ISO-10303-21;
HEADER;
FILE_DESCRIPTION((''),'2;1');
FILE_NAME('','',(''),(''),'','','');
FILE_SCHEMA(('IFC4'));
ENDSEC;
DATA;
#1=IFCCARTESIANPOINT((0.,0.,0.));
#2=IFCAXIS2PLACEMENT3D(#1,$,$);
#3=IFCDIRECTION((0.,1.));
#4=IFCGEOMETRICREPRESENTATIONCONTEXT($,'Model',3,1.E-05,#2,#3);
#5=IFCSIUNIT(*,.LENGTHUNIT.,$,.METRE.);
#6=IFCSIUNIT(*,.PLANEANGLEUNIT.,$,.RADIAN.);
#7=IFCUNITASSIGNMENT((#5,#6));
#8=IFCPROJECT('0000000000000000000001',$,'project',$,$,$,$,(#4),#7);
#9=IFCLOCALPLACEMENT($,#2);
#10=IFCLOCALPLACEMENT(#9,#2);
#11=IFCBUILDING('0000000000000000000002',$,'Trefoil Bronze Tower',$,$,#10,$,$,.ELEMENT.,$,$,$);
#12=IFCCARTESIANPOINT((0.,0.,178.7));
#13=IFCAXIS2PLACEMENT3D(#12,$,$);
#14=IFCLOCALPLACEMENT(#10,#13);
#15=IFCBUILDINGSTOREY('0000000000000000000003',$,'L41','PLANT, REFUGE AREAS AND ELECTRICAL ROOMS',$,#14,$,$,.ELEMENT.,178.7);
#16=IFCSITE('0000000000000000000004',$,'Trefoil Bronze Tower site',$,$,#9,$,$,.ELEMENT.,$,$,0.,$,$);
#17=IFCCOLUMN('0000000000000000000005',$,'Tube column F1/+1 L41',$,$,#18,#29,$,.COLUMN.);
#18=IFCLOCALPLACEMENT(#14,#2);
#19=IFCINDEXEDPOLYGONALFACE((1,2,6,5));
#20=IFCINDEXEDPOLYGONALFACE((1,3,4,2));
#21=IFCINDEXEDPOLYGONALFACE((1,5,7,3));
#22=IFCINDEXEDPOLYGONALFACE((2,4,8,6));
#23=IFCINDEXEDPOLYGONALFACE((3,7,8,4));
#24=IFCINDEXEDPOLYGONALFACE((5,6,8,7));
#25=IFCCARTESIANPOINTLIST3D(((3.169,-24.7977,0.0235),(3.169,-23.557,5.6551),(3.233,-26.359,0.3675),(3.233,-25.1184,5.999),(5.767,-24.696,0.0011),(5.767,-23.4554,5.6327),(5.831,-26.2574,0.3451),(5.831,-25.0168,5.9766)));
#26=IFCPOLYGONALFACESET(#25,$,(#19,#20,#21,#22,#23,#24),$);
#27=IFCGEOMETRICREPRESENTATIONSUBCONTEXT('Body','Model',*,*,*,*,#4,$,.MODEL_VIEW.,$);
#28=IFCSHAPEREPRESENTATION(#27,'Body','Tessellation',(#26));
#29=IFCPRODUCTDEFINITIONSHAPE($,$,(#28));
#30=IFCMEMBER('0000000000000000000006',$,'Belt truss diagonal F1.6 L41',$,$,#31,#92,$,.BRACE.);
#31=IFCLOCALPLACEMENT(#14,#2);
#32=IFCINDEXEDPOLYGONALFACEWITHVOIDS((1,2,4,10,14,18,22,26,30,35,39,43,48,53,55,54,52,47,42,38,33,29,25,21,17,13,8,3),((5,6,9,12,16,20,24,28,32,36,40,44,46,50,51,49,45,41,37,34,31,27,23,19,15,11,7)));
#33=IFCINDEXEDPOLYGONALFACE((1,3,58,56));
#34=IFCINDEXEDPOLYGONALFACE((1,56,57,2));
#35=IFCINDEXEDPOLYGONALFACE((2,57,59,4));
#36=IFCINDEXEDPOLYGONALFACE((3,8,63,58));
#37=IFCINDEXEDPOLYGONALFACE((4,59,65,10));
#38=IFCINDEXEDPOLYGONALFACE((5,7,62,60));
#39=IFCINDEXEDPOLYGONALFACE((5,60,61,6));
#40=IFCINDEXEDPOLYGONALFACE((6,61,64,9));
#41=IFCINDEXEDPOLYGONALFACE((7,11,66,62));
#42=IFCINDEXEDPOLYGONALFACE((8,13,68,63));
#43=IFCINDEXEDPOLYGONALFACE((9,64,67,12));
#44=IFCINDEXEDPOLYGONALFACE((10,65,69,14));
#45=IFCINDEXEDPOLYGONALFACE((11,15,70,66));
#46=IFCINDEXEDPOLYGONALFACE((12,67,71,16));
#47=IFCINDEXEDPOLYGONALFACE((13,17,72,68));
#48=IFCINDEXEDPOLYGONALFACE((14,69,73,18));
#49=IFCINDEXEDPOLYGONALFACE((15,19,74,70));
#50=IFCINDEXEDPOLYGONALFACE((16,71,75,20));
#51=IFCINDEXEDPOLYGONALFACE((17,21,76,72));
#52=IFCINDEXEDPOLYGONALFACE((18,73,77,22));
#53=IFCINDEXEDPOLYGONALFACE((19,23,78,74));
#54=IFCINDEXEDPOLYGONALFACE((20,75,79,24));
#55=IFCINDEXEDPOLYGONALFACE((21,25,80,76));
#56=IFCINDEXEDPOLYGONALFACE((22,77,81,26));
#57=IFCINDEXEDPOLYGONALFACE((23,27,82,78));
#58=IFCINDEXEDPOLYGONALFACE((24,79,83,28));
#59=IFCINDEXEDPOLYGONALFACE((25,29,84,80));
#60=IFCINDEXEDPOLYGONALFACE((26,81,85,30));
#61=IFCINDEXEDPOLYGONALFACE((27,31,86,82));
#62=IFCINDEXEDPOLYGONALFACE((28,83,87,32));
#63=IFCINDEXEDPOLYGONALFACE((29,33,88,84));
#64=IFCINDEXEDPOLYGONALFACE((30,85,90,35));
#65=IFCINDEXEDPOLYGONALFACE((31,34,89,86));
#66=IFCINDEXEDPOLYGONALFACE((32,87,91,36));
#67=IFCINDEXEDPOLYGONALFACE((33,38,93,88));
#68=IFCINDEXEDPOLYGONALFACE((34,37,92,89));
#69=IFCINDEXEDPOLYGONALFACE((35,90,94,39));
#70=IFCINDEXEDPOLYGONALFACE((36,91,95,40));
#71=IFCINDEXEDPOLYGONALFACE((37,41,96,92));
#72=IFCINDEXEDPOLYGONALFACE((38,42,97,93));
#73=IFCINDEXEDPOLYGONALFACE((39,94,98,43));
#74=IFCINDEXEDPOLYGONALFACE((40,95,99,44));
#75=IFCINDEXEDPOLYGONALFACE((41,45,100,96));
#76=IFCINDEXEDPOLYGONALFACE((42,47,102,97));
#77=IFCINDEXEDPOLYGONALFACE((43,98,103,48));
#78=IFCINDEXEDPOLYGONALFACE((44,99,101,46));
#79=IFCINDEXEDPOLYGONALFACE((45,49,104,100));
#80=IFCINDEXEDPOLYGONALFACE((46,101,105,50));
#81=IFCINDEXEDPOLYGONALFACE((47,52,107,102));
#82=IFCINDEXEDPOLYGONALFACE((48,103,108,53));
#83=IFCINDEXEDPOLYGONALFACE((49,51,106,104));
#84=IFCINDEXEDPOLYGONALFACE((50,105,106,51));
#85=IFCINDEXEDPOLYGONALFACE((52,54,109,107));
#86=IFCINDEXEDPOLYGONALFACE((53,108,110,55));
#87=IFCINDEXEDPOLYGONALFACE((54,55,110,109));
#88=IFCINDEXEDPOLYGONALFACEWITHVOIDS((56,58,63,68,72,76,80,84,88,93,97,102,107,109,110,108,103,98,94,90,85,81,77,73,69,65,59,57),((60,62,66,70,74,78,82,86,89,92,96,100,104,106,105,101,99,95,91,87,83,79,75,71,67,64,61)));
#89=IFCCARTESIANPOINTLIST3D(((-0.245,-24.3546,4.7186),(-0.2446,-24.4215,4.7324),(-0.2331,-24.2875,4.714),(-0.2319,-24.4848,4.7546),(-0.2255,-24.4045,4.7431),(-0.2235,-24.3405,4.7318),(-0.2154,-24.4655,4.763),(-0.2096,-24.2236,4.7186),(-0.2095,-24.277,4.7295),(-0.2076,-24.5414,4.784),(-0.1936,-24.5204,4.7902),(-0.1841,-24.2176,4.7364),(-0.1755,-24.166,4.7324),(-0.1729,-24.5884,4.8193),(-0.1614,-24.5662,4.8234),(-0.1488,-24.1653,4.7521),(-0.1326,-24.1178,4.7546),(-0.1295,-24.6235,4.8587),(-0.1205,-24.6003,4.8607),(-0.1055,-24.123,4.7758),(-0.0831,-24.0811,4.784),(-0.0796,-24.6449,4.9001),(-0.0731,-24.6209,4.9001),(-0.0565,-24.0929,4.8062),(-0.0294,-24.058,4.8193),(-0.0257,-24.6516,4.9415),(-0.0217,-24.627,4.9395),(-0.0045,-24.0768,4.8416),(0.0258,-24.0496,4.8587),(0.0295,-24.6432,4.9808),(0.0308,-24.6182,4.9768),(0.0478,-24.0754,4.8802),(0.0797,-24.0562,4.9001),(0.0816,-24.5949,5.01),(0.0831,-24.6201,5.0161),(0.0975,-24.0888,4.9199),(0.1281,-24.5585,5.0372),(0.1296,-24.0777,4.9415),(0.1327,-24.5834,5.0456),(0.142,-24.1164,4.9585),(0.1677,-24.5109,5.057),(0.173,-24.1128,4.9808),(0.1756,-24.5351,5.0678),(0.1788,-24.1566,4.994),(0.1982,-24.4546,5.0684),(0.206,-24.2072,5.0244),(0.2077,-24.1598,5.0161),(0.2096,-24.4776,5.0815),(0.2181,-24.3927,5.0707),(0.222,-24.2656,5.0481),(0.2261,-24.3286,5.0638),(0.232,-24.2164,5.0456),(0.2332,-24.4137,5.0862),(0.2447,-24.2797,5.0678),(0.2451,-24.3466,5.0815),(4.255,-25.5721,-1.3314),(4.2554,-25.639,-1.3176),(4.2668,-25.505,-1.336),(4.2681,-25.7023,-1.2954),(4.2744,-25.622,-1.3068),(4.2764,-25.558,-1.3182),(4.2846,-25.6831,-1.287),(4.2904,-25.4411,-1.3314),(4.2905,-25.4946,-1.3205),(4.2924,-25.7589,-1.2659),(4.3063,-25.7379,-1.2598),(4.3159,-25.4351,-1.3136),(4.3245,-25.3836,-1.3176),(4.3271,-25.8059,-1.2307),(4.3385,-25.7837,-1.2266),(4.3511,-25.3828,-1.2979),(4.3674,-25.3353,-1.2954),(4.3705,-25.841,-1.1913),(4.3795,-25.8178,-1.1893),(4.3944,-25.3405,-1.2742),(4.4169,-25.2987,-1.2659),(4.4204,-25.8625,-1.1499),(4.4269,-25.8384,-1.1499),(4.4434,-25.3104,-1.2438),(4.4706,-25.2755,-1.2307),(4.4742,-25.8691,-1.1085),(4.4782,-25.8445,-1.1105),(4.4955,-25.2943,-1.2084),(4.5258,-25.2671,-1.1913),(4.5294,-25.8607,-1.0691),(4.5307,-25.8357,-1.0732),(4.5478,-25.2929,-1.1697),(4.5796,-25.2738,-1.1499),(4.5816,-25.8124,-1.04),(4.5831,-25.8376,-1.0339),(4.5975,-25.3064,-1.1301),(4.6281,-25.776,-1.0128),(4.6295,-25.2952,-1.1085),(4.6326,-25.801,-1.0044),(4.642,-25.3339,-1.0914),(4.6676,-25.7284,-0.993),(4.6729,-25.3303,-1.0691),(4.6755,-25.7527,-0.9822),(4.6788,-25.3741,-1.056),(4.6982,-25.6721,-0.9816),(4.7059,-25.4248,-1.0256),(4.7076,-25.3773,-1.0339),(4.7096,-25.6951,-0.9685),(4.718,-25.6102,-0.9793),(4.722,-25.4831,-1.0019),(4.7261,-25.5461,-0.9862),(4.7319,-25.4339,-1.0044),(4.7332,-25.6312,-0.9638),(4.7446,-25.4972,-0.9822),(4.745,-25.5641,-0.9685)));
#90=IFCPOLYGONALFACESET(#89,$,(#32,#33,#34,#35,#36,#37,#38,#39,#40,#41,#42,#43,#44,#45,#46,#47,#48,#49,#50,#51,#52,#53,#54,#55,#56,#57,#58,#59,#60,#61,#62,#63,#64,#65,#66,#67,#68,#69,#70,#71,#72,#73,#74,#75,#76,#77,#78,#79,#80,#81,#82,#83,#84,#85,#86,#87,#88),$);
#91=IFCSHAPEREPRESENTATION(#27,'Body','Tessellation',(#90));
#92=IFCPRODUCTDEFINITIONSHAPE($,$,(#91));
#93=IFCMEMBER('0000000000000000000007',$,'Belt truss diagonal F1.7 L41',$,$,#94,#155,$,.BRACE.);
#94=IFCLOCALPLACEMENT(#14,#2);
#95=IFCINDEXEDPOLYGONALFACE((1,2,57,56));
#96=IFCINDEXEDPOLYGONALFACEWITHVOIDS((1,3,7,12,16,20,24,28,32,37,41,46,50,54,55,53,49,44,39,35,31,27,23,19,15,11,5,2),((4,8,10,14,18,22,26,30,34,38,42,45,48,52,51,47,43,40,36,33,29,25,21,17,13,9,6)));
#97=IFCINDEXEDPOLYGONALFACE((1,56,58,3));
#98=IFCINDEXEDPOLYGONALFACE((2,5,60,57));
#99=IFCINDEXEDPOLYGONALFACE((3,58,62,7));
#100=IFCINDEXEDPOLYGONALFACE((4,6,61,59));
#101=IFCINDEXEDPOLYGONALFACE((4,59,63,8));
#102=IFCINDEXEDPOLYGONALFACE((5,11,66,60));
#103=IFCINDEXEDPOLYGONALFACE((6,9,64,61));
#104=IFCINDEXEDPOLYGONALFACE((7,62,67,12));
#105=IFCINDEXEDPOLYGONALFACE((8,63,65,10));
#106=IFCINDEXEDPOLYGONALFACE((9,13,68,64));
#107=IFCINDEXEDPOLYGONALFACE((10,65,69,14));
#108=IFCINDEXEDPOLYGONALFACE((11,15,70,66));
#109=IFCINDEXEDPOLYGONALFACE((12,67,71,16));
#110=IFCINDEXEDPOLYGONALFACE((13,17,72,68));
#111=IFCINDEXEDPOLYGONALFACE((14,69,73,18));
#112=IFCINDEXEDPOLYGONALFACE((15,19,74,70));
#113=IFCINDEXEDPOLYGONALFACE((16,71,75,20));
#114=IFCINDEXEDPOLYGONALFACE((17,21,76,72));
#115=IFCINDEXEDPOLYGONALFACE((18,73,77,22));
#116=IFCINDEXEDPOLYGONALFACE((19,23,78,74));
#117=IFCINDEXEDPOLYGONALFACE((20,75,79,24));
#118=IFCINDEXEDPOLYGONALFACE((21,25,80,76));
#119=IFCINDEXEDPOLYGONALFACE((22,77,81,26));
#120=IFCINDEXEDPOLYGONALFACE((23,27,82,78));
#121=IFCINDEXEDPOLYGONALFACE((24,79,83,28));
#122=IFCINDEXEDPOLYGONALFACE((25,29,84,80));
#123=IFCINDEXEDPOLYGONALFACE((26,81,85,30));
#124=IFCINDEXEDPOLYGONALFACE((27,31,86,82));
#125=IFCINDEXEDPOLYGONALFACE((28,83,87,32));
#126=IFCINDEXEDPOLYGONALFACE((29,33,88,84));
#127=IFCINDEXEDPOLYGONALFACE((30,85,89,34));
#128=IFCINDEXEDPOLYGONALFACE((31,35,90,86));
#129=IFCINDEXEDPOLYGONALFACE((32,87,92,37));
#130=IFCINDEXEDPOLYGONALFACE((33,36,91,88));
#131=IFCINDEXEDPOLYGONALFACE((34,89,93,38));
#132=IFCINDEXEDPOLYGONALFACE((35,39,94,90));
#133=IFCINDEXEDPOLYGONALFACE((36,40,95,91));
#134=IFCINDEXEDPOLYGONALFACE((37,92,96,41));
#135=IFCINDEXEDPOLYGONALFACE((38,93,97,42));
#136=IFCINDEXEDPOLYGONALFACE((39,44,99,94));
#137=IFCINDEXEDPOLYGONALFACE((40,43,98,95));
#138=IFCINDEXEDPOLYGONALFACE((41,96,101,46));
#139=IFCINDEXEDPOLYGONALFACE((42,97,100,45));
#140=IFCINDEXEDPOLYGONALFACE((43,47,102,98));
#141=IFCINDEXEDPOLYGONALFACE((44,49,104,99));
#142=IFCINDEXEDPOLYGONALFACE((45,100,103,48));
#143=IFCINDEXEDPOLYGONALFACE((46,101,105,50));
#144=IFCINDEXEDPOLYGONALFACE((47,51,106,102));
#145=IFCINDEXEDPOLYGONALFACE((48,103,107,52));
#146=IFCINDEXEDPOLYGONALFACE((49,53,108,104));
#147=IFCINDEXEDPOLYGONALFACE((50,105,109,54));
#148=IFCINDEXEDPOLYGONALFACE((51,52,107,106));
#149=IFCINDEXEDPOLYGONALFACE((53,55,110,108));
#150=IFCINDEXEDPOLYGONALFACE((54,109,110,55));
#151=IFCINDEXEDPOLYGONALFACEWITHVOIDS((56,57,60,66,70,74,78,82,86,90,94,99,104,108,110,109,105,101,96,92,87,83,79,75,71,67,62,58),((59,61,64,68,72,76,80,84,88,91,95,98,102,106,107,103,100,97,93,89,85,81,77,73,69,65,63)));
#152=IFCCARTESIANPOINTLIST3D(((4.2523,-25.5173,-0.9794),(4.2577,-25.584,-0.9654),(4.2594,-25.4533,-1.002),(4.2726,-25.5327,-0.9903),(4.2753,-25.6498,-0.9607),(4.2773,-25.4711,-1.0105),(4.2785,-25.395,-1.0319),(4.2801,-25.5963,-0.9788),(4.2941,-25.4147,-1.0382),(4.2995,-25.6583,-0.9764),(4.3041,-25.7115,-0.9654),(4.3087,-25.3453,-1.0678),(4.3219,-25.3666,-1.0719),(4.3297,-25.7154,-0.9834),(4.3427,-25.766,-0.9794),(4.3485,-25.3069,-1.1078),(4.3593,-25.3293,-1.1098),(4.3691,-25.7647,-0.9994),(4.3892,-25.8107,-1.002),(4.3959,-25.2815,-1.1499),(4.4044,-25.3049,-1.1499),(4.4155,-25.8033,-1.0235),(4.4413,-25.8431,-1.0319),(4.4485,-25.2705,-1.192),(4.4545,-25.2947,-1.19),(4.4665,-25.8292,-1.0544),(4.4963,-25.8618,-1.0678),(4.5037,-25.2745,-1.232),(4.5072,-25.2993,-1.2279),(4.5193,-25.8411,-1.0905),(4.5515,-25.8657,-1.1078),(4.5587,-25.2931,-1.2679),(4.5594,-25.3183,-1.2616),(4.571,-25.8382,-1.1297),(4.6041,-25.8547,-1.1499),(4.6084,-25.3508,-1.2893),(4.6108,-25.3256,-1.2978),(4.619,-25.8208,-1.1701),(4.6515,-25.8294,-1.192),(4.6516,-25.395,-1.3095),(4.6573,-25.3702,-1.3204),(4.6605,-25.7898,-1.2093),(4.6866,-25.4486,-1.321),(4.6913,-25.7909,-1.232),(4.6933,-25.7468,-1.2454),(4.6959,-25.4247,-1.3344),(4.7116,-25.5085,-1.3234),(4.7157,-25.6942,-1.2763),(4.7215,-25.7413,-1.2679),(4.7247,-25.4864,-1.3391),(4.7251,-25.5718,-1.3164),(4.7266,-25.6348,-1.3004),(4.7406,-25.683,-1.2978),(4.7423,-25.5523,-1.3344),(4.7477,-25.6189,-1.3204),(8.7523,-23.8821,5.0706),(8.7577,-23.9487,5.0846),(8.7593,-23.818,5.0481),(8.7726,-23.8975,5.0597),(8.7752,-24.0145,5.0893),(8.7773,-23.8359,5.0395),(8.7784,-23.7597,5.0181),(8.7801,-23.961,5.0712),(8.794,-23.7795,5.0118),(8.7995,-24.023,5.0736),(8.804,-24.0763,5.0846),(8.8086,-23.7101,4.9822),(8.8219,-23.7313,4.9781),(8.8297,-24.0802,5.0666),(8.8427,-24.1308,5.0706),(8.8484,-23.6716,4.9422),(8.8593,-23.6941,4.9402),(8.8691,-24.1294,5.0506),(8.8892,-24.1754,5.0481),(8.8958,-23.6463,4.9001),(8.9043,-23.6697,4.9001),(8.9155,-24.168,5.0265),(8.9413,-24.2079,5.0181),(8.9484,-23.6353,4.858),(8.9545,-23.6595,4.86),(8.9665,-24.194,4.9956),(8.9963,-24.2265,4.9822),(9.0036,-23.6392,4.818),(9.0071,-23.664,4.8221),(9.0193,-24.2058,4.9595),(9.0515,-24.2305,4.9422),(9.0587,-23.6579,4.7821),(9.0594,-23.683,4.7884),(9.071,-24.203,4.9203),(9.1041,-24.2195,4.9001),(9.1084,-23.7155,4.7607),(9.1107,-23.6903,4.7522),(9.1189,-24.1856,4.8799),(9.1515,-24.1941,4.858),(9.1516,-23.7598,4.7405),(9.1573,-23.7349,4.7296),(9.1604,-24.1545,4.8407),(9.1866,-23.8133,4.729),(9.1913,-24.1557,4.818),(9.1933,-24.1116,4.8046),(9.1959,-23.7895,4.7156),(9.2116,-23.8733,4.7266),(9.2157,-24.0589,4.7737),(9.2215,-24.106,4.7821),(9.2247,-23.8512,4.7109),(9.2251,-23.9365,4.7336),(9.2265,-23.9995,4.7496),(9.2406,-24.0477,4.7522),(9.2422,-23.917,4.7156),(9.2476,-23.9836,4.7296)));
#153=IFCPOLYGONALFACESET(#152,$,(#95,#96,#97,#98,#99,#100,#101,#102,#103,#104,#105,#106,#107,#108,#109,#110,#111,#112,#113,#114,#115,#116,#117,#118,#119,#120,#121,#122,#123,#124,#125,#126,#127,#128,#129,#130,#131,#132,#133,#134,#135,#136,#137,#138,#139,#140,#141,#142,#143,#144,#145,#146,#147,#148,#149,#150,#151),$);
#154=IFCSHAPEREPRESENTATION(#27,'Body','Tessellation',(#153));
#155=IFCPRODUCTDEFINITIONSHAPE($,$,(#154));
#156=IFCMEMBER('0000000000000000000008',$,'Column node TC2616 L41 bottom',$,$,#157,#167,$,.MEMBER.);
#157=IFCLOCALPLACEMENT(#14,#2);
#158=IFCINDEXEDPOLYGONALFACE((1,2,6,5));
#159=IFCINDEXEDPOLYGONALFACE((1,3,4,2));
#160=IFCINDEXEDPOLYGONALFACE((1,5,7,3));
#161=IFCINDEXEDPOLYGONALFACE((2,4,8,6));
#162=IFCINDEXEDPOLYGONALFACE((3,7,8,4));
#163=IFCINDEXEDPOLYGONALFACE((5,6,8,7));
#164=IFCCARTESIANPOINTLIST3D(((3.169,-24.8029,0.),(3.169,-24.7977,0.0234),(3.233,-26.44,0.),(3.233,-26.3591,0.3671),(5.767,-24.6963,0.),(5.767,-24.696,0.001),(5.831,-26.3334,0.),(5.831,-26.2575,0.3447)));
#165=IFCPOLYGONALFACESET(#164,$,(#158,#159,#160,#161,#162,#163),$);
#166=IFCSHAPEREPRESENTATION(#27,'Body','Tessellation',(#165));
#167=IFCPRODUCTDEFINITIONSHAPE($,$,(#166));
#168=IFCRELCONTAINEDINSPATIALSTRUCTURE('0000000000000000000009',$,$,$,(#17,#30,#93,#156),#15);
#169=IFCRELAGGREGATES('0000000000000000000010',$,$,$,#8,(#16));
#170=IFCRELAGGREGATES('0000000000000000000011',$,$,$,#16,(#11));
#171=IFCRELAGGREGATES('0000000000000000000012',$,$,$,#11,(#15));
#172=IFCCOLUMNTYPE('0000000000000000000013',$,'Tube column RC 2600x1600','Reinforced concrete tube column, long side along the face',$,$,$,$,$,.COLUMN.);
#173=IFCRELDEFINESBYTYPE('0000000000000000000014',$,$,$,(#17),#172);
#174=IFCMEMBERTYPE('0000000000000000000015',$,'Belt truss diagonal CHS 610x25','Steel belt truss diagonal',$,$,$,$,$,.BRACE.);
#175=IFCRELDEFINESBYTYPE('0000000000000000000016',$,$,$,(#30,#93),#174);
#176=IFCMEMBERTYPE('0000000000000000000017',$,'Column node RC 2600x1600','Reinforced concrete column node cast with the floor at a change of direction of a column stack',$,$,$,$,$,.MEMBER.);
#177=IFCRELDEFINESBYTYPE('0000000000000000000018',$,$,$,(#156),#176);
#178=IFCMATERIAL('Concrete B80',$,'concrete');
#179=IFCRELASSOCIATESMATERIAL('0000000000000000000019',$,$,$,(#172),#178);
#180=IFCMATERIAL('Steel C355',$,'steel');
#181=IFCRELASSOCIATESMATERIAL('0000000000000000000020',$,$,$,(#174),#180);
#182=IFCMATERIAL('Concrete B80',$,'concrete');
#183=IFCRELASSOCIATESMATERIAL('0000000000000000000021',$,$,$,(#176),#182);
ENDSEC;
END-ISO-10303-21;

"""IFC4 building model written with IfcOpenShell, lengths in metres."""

from ifc_helpers import new_model, si_unit, direction, frame, origin, origin_2d, place, context, subcontext, project, spatial, rectangle, hollow_circle, extrude, clip, halfspace, material, material_profile, profile_set, type_object, element, save


model = new_model("IFC4")

# Units and contexts
model_context = context("Model", 3, precision=1e-05, world=origin(), true_north=direction((0.0, 1.0)))
body_context = subcontext(model_context, "Body", "Model", "MODEL_VIEW")
ifc_project = project(units=[si_unit("LENGTHUNIT", "METRE"), si_unit("PLANEANGLEUNIT", "RADIAN")], contexts=[model_context])

# Site, building, storey
site_placement = place(None, origin())
site = spatial("IfcSite", under=ifc_project, at=site_placement, Name="Trefoil Bronze Tower site", CompositionType="ELEMENT", RefElevation=0.0)
building_placement = place(site_placement, origin())
building = spatial("IfcBuilding", under=site, at=building_placement, Name="Trefoil Bronze Tower", CompositionType="ELEMENT")
storey_placement = place(building_placement, frame((0.0, 0.0, 178.7)))
storey = spatial("IfcBuildingStorey", under=building, at=storey_placement, Name="L41", Description="PLANT, REFUGE AREAS AND ELECTRICAL ROOMS", CompositionType="ELEMENT", Elevation=178.7)

# Column
ifc_material_1 = material(Name="Concrete B80", Category="concrete")
ifc_material_profile_1 = material_profile(ifc_material_1, rectangle(XDim=2.6001, YDim=1.6001, at=origin_2d()), Name="RC 2600x1600")
ifc_profile_set_1 = profile_set([ifc_material_profile_1], Name="Concrete B80")
column_type = type_object("IfcColumnType", Name="Tube column RC 2600x1600", Description="Reinforced concrete tube column, long side along the face", PredefinedType="COLUMN", material=ifc_profile_set_1)
column_placement = place(storey_placement, frame((4.5, -25.5681, 0.0), z_axis=(0.0, 0.215138, 0.976584), x_axis=(0.999198, 0.039106, -0.008615)))
element("IfcColumn", 1, at=column_placement, inside=storey, type_object=column_type, Name="Tube column F1/+1 L41", PredefinedType="COLUMN", context=body_context, shape_type="Clipping", body=[
    clip(clip(extrude(rectangle(XDim=2.6001, YDim=1.6001, at=origin_2d()), origin(), (0.0, 0.0, 1.0), 6.1438), halfspace(frame((0.0, 0.0, 0.1887), z_axis=(-0.000001, -0.000019, 1.0), x_axis=(0.0, 1.0, 0.000019)), True)), halfspace(frame((0.0, 0.0, 5.9553), z_axis=(0.000001, 0.000019, -1.0), x_axis=(0.0, -1.0, -0.000019)), True)),
])

# Members
ifc_material_2 = material(Name="Steel C355", Category="steel")
ifc_material_profile_2 = material_profile(ifc_material_2, hollow_circle(Radius=0.3049, WallThickness=0.0249, at=origin_2d()), Name="CHS 610x25")
ifc_profile_set_2 = profile_set([ifc_material_profile_2], Name="Steel C355")
member_type_1 = type_object("IfcMemberType", Name="Belt truss diagonal CHS 610x25", Description="Steel belt truss diagonal", PredefinedType="BRACE", material=ifc_profile_set_2)
member_1_placement = place(storey_placement, frame((4.5, -25.5681, -1.1499), z_axis=(-0.589178, 0.159409, 0.792123), x_axis=(-0.261172, -0.965292, 0.0)))
element("IfcMember", 2, at=member_1_placement, inside=storey, type_object=member_type_1, Name="Belt truss diagonal F1.6 L41", PredefinedType="BRACE", context=body_context, shape_type="SweptSolid", body=[
    extrude(hollow_circle(Radius=0.3049, WallThickness=0.0249, at=origin_2d()), origin(), (0.0, 0.0, 1.0), 7.6377),
])
member_2_placement = place(storey_placement, frame((4.5, -25.5681, -1.1499), z_axis=(0.58325, 0.211947, 0.784154), x_axis=(-0.341538, 0.939868, 0.0)))
element("IfcMember", 3, at=member_2_placement, inside=storey, type_object=member_type_1, Name="Belt truss diagonal F1.7 L41", PredefinedType="BRACE", context=body_context, shape_type="SweptSolid", body=[
    extrude(hollow_circle(Radius=0.3049, WallThickness=0.0249, at=origin_2d()), origin(), (0.0, 0.0, 1.0), 7.7153),
])
ifc_material_3 = material(Name="Concrete B80", Category="concrete")
ifc_material_profile_3 = material_profile(ifc_material_3, rectangle(XDim=2.6001, YDim=1.6001, at=origin_2d()), Name="RC 2600x1600")
ifc_profile_set_3 = profile_set([ifc_material_profile_3], Name="Concrete B80")
member_type_2 = type_object("IfcMemberType", Name="Column node RC 2600x1600", Description="Reinforced concrete column node cast with the floor at a change of direction of a column stack", PredefinedType="MEMBER", material=ifc_profile_set_3)
member_3_placement = place(storey_placement, frame((4.5, -25.6086, -0.1841), z_axis=(0.0, 0.21501, 0.976612), x_axis=(0.999198, 0.039107, -0.00861)))
element("IfcMember", 4, at=member_3_placement, inside=storey, type_object=member_type_2, Name="Column node TC2616 L41 bottom", PredefinedType="MEMBER", context=body_context, shape_type="Clipping", body=[
    clip(extrude(rectangle(XDim=2.6001, YDim=1.6001, at=origin_2d()), origin(), (0.0, 0.0, 1.0), 0.377), halfspace(frame((0.0, 0.0, 0.1885), z_axis=(-0.00861, -0.214838, 0.976612), x_axis=(0.0, 0.976648, 0.214846)), True)),
])

save(model, "model.ifc")
